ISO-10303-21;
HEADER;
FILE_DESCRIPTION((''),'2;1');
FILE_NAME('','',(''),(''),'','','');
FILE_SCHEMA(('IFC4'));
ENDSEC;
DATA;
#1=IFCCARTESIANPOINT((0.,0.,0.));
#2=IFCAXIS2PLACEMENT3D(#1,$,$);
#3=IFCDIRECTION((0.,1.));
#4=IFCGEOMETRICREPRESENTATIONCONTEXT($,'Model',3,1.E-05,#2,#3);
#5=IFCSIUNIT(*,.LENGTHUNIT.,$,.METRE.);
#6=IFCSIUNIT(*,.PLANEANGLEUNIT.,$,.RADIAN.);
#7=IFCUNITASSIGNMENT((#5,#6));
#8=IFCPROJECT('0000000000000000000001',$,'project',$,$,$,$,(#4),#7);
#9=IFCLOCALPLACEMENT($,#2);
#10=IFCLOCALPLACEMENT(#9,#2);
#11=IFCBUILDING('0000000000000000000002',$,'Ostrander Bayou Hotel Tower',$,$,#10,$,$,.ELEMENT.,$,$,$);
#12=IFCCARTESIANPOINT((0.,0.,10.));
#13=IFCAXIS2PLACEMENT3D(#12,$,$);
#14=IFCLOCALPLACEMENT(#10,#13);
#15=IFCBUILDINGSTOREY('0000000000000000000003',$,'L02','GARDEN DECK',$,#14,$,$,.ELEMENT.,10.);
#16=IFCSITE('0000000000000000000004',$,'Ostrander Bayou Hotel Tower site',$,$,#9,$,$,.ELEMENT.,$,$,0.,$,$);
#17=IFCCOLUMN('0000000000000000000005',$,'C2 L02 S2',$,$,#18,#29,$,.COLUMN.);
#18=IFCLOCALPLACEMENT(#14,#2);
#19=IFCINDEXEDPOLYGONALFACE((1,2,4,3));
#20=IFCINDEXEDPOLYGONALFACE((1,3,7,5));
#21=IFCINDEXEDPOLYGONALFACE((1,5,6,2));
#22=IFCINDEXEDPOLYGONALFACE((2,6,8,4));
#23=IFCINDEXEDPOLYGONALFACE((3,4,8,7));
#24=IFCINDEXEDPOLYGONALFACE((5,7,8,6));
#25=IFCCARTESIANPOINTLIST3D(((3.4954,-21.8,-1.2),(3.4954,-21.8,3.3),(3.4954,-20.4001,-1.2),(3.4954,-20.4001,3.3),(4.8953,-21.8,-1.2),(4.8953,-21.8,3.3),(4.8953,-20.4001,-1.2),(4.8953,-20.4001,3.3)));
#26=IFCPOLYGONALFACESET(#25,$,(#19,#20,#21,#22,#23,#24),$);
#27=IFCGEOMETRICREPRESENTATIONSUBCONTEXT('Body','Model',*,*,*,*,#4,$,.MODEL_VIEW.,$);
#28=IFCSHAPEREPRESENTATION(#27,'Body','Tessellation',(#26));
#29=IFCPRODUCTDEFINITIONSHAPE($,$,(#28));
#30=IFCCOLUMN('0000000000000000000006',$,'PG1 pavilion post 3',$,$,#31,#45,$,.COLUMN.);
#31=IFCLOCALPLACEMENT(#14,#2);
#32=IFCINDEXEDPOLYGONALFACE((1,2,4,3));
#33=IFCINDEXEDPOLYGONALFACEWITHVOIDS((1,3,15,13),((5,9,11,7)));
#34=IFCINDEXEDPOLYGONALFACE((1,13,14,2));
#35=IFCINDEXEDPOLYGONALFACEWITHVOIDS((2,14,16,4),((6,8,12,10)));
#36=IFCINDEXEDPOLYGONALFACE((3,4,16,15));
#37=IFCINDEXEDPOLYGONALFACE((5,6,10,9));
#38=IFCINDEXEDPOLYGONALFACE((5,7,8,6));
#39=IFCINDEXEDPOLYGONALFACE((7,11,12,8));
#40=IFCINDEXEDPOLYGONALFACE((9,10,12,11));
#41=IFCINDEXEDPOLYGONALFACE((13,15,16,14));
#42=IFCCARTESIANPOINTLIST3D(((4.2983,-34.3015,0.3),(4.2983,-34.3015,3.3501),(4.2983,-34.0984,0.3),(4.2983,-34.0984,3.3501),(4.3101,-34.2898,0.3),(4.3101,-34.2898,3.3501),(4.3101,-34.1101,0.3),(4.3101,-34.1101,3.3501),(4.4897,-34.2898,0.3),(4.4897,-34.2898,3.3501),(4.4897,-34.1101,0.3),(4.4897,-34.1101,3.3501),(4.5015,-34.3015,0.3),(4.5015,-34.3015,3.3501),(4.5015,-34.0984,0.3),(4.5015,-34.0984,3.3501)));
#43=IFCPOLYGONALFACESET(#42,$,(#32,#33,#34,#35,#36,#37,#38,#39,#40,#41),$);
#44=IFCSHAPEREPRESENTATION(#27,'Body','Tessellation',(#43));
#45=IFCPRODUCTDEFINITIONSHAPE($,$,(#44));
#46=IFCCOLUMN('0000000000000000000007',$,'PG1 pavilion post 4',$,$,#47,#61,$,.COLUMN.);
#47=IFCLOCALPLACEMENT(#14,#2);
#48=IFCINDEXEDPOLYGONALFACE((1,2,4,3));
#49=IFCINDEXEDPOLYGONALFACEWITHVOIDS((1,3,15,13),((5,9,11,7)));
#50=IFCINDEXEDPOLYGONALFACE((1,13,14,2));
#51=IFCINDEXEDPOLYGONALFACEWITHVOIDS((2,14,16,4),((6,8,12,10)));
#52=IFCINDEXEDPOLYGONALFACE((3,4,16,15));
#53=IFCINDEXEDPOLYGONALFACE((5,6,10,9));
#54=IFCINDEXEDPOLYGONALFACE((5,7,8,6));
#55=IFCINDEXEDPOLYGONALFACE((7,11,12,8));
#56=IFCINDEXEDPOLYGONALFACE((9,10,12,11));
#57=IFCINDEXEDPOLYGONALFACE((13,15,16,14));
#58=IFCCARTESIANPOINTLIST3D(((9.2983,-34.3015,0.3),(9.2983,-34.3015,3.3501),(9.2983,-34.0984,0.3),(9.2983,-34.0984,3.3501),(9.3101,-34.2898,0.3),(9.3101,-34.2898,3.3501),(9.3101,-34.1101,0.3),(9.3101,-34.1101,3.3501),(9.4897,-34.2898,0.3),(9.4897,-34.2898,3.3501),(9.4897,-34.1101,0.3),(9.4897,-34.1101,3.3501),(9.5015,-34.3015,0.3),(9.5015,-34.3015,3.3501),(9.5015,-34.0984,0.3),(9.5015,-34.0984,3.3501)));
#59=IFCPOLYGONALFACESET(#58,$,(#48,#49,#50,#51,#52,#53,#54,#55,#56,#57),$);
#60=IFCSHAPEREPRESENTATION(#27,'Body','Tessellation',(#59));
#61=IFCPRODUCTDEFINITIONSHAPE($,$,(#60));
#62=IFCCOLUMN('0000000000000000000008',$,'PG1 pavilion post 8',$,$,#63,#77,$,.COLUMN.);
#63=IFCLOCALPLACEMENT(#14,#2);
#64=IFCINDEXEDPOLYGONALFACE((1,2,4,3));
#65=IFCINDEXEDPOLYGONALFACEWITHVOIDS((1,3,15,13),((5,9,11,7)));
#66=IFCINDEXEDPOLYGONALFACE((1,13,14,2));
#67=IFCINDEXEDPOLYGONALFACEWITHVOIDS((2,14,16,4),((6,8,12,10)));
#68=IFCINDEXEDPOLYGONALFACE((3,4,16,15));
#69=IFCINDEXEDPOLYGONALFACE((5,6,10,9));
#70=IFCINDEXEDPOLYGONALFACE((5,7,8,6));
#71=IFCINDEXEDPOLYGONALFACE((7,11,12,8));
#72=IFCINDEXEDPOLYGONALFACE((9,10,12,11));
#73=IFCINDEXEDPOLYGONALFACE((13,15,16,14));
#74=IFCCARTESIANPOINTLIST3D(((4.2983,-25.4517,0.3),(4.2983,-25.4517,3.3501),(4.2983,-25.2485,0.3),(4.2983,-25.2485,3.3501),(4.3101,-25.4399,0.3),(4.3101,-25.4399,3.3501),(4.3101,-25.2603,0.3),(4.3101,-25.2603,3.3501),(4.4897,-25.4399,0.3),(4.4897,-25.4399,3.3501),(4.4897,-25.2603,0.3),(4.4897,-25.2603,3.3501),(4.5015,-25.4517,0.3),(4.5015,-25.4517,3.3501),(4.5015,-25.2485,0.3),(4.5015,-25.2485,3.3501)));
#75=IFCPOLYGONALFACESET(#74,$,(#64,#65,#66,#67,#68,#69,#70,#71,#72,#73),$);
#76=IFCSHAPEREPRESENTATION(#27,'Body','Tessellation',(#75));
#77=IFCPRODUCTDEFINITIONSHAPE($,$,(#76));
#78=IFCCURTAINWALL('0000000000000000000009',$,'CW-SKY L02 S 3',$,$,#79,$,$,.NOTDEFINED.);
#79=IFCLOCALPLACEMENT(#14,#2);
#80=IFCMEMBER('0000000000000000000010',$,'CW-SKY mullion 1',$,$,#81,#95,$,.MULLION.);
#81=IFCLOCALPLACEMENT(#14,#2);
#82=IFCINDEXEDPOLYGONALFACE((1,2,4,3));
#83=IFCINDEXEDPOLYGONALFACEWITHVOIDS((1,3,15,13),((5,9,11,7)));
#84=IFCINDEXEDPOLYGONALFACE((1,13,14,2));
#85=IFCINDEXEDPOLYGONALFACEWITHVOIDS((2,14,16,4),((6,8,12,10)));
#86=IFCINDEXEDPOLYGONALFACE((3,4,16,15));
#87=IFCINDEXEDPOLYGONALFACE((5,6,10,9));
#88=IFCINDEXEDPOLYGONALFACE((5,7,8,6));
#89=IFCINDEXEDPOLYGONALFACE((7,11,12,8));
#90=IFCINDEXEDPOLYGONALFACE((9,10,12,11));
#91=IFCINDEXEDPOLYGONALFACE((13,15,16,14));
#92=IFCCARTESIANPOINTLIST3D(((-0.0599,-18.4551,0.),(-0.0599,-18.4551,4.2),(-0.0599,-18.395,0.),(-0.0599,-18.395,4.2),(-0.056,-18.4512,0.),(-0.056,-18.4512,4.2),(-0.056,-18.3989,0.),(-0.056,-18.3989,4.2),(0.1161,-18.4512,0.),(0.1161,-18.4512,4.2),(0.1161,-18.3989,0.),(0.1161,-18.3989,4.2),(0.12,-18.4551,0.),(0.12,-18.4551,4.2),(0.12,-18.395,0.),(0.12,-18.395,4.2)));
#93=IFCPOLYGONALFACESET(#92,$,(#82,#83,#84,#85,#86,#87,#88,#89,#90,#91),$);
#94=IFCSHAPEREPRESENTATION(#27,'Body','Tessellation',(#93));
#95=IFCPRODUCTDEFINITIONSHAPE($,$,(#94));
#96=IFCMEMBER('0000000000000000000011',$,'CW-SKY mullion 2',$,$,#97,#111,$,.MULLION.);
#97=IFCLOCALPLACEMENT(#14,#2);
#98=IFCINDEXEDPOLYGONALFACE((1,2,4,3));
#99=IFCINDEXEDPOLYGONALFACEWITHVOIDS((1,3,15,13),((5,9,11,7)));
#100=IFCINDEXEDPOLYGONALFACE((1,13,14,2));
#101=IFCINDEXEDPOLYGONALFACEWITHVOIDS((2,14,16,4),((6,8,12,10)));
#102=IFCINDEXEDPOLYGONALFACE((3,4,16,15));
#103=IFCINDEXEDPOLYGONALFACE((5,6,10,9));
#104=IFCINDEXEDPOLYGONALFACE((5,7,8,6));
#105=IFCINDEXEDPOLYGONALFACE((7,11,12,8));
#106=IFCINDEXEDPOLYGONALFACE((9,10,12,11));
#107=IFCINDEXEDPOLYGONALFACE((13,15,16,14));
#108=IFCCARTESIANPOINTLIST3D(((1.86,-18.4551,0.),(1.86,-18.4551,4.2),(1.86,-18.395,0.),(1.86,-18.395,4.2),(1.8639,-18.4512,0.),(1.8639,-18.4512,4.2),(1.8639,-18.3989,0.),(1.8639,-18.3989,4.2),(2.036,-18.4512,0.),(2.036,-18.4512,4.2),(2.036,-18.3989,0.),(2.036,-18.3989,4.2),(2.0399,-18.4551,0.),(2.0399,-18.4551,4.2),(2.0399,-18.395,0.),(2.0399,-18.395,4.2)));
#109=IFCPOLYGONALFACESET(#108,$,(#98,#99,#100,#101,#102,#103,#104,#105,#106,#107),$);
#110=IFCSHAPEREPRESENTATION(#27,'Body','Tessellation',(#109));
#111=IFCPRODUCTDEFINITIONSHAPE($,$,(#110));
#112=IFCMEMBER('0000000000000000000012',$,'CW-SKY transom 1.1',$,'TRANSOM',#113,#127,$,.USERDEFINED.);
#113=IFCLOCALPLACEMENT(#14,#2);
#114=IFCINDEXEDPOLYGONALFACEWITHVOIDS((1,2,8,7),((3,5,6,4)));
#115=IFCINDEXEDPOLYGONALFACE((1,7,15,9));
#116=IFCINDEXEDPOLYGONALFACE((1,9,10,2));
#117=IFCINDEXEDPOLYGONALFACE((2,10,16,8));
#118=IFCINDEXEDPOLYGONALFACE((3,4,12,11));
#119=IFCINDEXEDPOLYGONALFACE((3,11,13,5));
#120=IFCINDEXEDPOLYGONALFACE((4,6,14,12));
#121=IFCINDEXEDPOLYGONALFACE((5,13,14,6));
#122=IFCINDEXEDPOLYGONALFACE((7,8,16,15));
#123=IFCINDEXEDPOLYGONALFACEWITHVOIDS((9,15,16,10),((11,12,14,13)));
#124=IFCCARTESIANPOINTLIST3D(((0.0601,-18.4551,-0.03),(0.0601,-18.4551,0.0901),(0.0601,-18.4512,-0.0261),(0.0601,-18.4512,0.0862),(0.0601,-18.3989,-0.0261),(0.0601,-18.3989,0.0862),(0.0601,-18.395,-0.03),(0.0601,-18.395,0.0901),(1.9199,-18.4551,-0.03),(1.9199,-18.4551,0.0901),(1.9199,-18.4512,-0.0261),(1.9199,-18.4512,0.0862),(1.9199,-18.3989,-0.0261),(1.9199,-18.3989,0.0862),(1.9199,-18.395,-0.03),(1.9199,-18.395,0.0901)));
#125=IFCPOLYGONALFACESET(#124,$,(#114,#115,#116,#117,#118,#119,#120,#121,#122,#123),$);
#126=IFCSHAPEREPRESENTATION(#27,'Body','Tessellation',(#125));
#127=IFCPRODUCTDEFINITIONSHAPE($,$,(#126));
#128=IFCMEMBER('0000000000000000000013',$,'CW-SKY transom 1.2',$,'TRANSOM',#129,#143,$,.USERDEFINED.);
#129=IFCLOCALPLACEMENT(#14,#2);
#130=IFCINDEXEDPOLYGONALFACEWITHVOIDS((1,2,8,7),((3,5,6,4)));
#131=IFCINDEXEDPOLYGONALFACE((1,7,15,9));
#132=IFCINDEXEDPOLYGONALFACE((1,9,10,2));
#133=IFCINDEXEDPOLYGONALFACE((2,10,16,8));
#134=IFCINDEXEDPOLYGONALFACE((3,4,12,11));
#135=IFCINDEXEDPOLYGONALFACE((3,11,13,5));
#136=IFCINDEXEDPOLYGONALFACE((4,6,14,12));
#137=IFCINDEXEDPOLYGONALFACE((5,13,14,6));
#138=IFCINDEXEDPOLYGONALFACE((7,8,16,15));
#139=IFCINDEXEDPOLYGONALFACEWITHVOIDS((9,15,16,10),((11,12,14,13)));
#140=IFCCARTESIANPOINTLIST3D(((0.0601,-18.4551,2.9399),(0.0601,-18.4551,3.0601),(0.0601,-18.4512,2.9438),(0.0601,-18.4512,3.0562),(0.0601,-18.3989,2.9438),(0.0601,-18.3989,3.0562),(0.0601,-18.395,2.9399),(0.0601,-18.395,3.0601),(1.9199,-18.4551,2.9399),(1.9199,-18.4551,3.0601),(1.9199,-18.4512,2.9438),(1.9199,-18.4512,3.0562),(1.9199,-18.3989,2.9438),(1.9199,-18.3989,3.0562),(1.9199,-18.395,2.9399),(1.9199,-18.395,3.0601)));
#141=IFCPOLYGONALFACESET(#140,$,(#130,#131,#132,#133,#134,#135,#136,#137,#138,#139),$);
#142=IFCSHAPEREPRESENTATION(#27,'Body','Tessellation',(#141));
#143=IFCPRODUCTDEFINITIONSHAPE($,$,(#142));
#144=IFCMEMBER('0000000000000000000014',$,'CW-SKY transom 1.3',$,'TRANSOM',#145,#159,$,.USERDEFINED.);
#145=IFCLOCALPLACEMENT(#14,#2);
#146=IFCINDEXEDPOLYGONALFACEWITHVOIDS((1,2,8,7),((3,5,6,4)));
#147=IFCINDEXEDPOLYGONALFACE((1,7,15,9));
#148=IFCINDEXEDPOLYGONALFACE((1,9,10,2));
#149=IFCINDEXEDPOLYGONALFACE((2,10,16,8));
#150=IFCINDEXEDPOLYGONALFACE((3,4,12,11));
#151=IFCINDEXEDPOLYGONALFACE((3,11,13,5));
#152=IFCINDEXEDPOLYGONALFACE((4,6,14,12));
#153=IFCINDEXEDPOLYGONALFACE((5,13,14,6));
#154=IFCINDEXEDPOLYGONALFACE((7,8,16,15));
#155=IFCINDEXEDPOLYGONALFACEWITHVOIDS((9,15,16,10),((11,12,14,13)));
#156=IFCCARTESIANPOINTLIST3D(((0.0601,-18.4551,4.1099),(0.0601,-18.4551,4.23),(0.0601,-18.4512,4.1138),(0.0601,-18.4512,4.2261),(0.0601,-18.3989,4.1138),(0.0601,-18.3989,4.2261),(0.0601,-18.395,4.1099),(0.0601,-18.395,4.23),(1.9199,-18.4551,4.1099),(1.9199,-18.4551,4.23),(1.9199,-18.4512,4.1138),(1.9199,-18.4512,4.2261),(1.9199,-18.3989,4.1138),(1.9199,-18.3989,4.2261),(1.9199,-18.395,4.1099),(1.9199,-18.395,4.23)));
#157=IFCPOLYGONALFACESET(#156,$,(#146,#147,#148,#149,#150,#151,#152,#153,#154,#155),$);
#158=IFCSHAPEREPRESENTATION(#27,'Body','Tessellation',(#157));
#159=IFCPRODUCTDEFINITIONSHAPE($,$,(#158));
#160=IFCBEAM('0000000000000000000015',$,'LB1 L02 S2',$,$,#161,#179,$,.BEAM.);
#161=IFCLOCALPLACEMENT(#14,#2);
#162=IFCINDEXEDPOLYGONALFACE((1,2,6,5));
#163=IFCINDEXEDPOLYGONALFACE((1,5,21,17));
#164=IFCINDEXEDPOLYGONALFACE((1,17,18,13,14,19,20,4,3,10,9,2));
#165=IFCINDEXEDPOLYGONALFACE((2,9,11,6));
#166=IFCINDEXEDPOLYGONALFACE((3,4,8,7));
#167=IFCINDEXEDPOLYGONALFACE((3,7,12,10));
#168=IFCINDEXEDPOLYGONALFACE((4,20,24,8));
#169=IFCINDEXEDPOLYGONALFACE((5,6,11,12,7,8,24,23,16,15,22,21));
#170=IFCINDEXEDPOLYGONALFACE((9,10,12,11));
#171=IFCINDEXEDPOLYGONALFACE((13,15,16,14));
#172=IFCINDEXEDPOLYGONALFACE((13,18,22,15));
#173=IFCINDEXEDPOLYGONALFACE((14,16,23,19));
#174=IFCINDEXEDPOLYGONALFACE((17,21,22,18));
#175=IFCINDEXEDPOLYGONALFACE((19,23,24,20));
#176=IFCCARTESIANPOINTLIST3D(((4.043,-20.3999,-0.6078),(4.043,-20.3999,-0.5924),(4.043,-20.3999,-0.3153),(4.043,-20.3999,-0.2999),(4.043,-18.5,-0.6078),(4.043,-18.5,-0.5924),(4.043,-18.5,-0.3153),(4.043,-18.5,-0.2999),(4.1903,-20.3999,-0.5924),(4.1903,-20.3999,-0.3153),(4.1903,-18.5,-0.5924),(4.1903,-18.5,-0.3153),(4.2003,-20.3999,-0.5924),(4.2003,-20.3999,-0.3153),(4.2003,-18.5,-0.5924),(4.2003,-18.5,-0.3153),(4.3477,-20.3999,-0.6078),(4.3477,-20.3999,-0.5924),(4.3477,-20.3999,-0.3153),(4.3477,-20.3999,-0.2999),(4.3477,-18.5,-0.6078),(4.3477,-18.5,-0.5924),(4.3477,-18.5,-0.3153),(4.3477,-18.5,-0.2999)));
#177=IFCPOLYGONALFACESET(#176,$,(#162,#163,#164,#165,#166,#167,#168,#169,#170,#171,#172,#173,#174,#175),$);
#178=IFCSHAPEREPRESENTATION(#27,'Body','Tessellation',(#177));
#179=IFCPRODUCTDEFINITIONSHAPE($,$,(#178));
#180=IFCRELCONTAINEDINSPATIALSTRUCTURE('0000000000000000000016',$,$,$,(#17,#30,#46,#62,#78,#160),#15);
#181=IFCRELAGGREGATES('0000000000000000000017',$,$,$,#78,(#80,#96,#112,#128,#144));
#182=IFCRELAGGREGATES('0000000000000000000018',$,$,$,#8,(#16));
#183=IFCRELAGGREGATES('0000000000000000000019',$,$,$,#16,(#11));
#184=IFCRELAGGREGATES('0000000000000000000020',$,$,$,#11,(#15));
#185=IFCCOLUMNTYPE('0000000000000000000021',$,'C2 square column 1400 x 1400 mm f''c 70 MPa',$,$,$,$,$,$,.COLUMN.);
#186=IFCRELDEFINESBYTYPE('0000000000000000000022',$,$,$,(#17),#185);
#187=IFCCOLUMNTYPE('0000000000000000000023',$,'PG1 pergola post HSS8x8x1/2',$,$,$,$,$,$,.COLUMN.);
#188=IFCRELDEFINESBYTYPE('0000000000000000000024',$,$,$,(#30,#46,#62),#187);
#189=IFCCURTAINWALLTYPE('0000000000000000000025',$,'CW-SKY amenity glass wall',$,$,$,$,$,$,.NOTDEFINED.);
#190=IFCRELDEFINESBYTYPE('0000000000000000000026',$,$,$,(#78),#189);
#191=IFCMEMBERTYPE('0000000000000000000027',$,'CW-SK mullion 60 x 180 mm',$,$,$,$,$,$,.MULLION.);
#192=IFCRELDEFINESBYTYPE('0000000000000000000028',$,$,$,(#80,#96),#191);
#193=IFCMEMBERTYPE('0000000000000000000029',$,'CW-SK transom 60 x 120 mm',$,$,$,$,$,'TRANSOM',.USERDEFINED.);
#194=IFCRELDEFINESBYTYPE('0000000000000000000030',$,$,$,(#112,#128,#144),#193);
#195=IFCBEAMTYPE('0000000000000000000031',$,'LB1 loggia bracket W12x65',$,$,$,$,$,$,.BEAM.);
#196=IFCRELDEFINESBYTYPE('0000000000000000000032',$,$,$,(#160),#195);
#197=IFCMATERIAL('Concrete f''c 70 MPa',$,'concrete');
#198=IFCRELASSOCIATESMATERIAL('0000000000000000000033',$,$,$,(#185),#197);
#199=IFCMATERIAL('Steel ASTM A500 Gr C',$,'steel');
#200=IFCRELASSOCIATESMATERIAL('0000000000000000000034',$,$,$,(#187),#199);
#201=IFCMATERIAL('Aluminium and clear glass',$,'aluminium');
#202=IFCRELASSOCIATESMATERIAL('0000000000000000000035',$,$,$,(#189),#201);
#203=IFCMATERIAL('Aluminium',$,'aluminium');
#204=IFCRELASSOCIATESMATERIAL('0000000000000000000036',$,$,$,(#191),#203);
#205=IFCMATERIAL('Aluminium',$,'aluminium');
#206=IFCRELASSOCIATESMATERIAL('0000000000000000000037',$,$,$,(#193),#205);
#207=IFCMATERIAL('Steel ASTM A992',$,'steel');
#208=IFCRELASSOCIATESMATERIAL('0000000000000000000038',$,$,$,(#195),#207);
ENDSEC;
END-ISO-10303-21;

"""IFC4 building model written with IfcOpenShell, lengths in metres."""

from ifc_helpers import new_model, si_unit, direction, frame, origin, origin_2d, place, context, subcontext, project, spatial, rectangle, hollow_rectangle, i_section, extrude, material, material_profile, profile_set, type_object, element, aggregate, save


model = new_model("IFC4")

# Units and contexts
model_context = context("Model", 3, precision=1e-05, world=origin(), true_north=direction((0.0, 1.0)))
body_context = subcontext(model_context, "Body", "Model", "MODEL_VIEW")
ifc_project = project(units=[si_unit("LENGTHUNIT", "METRE"), si_unit("PLANEANGLEUNIT", "RADIAN")], contexts=[model_context])

# Site, building, storey
site_placement = place(None, origin())
site = spatial("IfcSite", under=ifc_project, at=site_placement, Name="Ostrander Bayou Hotel Tower site", CompositionType="ELEMENT", RefElevation=0.0)
building_placement = place(site_placement, origin())
building = spatial("IfcBuilding", under=site, at=building_placement, Name="Ostrander Bayou Hotel Tower", CompositionType="ELEMENT")
storey_placement = place(building_placement, frame((0.0, 0.0, 10.0)))
storey = spatial("IfcBuildingStorey", under=building, at=storey_placement, Name="L02", Description="GARDEN DECK", CompositionType="ELEMENT", Elevation=10.0)

# Columns
ifc_material_1 = material(Name="Concrete f'c 70 MPa", Category="concrete")
ifc_material_profile_1 = material_profile(ifc_material_1, rectangle(XDim=1.3999, YDim=1.3999, at=origin_2d()))
ifc_profile_set_1 = profile_set([ifc_material_profile_1], Name="Concrete f'c 70 MPa")
column_type_1 = type_object("IfcColumnType", Name="C2 square column 1400 x 1400 mm f'c 70 MPa", PredefinedType="COLUMN", material=ifc_profile_set_1)
column_placement = place(storey_placement, frame((4.1953, -21.1001, -1.2), z_axis=(0.0, 0.0, 1.0), x_axis=(-1.0, 0.0, 0.0)))
element("IfcColumn", 1, at=column_placement, inside=storey, type_object=column_type_1, Name="C2 L02 S2", PredefinedType="COLUMN", context=body_context, shape_type="SweptSolid", body=[
    extrude(rectangle(XDim=1.3999, YDim=1.3999, at=origin_2d()), origin(), (0.0, 0.0, 1.0), 4.5),
])
ifc_material_2 = material(Name="Steel ASTM A500 Gr C", Category="steel")
ifc_material_profile_2 = material_profile(ifc_material_2, hollow_rectangle(XDim=0.2031, YDim=0.2031, WallThickness=0.0117, at=origin_2d()))
ifc_profile_set_2 = profile_set([ifc_material_profile_2], Name="Steel ASTM A500 Gr C")
column_type_2 = type_object("IfcColumnType", Name="PG1 pergola post HSS8x8x1/2", PredefinedType="COLUMN", material=ifc_profile_set_2)
for number, where, z_axis, x_axis, name in (
    (2, (4.3999, -34.2, 0.3), (0.0, 0.0, 1.0), (1.0, 0.0, 0.0), "PG1 pavilion post 3"),
    (3, (9.3999, -34.2, 0.3), (0.0, 0.0, 1.0), (1.0, 0.0, 0.0), "PG1 pavilion post 4"),
    (4, (4.3999, -25.3501, 0.3), (0.0, 0.0, 1.0), (1.0, 0.0, 0.0), "PG1 pavilion post 8"),
):
    element("IfcColumn", number, at=place(storey_placement, frame(where, z_axis=z_axis, x_axis=x_axis)), inside=storey, type_object=column_type_2, Name=name, PredefinedType="COLUMN", context=body_context, shape_type="SweptSolid", body=[
        extrude(hollow_rectangle(XDim=0.2031, YDim=0.2031, WallThickness=0.0117, at=origin_2d()), origin(), (0.0, 0.0, 1.0), 3.05),
    ])

# Curtain wall, members
ifc_material_3 = material(Name="Aluminium and clear glass", Category="aluminium")
curtain_wall_type_1 = type_object("IfcCurtainWallType", Name="CW-SKY amenity glass wall", PredefinedType="NOTDEFINED", material=ifc_material_3)
curtain_wall_1_placement = place(storey_placement, origin())
curtain_wall_1 = element("IfcCurtainWall", 5, at=curtain_wall_1_placement, inside=storey, type_object=curtain_wall_type_1, Name="CW-SKY L02 S 3", PredefinedType="NOTDEFINED")
ifc_material_4 = material(Name="Aluminium", Category="aluminium")
ifc_material_profile_3 = material_profile(ifc_material_4, hollow_rectangle(XDim=0.0601, YDim=0.1799, WallThickness=0.0039, at=origin_2d()))
ifc_profile_set_3 = profile_set([ifc_material_profile_3], Name="Aluminium")
member_type_1 = type_object("IfcMemberType", Name="CW-SK mullion 60 x 180 mm", PredefinedType="MULLION", material=ifc_profile_set_3)
member_1_placement = place(storey_placement, frame((0.03, -18.425, 0.0), z_axis=(0.0, 0.0, 1.0), x_axis=(0.0, 1.0, 0.0)))
member_1 = element("IfcMember", 6, at=member_1_placement, type_object=member_type_1, Name="CW-SKY mullion 1", PredefinedType="MULLION", context=body_context, shape_type="SweptSolid", body=[
    extrude(hollow_rectangle(XDim=0.0601, YDim=0.1799, WallThickness=0.0039, at=origin_2d()), origin(), (0.0, 0.0, 1.0), 4.2),
])
member_2_placement = place(storey_placement, frame((1.95, -18.425, 0.0), z_axis=(0.0, 0.0, 1.0), x_axis=(0.0, 1.0, 0.0)))
member_2 = element("IfcMember", 7, at=member_2_placement, type_object=member_type_1, Name="CW-SKY mullion 2", PredefinedType="MULLION", context=body_context, shape_type="SweptSolid", body=[
    extrude(hollow_rectangle(XDim=0.0601, YDim=0.1799, WallThickness=0.0039, at=origin_2d()), origin(), (0.0, 0.0, 1.0), 4.2),
])
ifc_material_5 = material(Name="Aluminium", Category="aluminium")
ifc_material_profile_4 = material_profile(ifc_material_5, hollow_rectangle(XDim=0.0601, YDim=0.1201, WallThickness=0.0039, at=origin_2d()))
ifc_profile_set_4 = profile_set([ifc_material_profile_4], Name="Aluminium")
member_type_2 = type_object("IfcMemberType", Name="CW-SK transom 60 x 120 mm", ElementType="TRANSOM", PredefinedType="USERDEFINED", material=ifc_profile_set_4)
member_3_placement = place(storey_placement, frame((0.0601, -18.425, 0.03), z_axis=(1.0, 0.0, 0.0), x_axis=(0.0, 1.0, 0.0)))
member_3 = element("IfcMember", 8, at=member_3_placement, type_object=member_type_2, Name="CW-SKY transom 1.1", ObjectType="TRANSOM", PredefinedType="USERDEFINED", context=body_context, shape_type="SweptSolid", body=[
    extrude(hollow_rectangle(XDim=0.0601, YDim=0.1201, WallThickness=0.0039, at=origin_2d()), origin(), (0.0, 0.0, 1.0), 1.8599),
])
member_4_placement = place(storey_placement, frame((0.0601, -18.425, 3.0), z_axis=(1.0, 0.0, 0.0), x_axis=(0.0, 1.0, 0.0)))
member_4 = element("IfcMember", 9, at=member_4_placement, type_object=member_type_2, Name="CW-SKY transom 1.2", ObjectType="TRANSOM", PredefinedType="USERDEFINED", context=body_context, shape_type="SweptSolid", body=[
    extrude(hollow_rectangle(XDim=0.0601, YDim=0.1201, WallThickness=0.0039, at=origin_2d()), origin(), (0.0, 0.0, 1.0), 1.8599),
])
member_5_placement = place(storey_placement, frame((0.0601, -18.425, 4.1699), z_axis=(1.0, 0.0, 0.0), x_axis=(0.0, 1.0, 0.0)))
member_5 = element("IfcMember", 10, at=member_5_placement, type_object=member_type_2, Name="CW-SKY transom 1.3", ObjectType="TRANSOM", PredefinedType="USERDEFINED", context=body_context, shape_type="SweptSolid", body=[
    extrude(hollow_rectangle(XDim=0.0601, YDim=0.1201, WallThickness=0.0039, at=origin_2d()), origin(), (0.0, 0.0, 1.0), 1.8599),
])

# Beam
ifc_material_6 = material(Name="Steel ASTM A992", Category="steel")
ifc_material_profile_5 = material_profile(ifc_material_6, i_section(OverallWidth=0.3047, OverallDepth=0.3079, WebThickness=0.01, FlangeThickness=0.0154, at=origin_2d()))
ifc_profile_set_5 = profile_set([ifc_material_profile_5], Name="Steel ASTM A992")
beam_type_1 = type_object("IfcBeamType", Name="LB1 loggia bracket W12x65", PredefinedType="BEAM", material=ifc_profile_set_5)
beam_1_placement = place(storey_placement, frame((4.1953, -20.3999, -0.4539), z_axis=(0.0, 1.0, 0.0), x_axis=(-1.0, 0.0, 0.0)))
element("IfcBeam", 11, at=beam_1_placement, inside=storey, type_object=beam_type_1, Name="LB1 L02 S2", PredefinedType="BEAM", context=body_context, shape_type="SweptSolid", body=[
    extrude(i_section(OverallWidth=0.3047, OverallDepth=0.3079, WebThickness=0.01, FlangeThickness=0.0154, at=origin_2d()), origin(), (0.0, 0.0, 1.0), 1.8999),
])

aggregate(curtain_wall_1, [member_1, member_2, member_3, member_4, member_5])

save(model, "model.ifc")
